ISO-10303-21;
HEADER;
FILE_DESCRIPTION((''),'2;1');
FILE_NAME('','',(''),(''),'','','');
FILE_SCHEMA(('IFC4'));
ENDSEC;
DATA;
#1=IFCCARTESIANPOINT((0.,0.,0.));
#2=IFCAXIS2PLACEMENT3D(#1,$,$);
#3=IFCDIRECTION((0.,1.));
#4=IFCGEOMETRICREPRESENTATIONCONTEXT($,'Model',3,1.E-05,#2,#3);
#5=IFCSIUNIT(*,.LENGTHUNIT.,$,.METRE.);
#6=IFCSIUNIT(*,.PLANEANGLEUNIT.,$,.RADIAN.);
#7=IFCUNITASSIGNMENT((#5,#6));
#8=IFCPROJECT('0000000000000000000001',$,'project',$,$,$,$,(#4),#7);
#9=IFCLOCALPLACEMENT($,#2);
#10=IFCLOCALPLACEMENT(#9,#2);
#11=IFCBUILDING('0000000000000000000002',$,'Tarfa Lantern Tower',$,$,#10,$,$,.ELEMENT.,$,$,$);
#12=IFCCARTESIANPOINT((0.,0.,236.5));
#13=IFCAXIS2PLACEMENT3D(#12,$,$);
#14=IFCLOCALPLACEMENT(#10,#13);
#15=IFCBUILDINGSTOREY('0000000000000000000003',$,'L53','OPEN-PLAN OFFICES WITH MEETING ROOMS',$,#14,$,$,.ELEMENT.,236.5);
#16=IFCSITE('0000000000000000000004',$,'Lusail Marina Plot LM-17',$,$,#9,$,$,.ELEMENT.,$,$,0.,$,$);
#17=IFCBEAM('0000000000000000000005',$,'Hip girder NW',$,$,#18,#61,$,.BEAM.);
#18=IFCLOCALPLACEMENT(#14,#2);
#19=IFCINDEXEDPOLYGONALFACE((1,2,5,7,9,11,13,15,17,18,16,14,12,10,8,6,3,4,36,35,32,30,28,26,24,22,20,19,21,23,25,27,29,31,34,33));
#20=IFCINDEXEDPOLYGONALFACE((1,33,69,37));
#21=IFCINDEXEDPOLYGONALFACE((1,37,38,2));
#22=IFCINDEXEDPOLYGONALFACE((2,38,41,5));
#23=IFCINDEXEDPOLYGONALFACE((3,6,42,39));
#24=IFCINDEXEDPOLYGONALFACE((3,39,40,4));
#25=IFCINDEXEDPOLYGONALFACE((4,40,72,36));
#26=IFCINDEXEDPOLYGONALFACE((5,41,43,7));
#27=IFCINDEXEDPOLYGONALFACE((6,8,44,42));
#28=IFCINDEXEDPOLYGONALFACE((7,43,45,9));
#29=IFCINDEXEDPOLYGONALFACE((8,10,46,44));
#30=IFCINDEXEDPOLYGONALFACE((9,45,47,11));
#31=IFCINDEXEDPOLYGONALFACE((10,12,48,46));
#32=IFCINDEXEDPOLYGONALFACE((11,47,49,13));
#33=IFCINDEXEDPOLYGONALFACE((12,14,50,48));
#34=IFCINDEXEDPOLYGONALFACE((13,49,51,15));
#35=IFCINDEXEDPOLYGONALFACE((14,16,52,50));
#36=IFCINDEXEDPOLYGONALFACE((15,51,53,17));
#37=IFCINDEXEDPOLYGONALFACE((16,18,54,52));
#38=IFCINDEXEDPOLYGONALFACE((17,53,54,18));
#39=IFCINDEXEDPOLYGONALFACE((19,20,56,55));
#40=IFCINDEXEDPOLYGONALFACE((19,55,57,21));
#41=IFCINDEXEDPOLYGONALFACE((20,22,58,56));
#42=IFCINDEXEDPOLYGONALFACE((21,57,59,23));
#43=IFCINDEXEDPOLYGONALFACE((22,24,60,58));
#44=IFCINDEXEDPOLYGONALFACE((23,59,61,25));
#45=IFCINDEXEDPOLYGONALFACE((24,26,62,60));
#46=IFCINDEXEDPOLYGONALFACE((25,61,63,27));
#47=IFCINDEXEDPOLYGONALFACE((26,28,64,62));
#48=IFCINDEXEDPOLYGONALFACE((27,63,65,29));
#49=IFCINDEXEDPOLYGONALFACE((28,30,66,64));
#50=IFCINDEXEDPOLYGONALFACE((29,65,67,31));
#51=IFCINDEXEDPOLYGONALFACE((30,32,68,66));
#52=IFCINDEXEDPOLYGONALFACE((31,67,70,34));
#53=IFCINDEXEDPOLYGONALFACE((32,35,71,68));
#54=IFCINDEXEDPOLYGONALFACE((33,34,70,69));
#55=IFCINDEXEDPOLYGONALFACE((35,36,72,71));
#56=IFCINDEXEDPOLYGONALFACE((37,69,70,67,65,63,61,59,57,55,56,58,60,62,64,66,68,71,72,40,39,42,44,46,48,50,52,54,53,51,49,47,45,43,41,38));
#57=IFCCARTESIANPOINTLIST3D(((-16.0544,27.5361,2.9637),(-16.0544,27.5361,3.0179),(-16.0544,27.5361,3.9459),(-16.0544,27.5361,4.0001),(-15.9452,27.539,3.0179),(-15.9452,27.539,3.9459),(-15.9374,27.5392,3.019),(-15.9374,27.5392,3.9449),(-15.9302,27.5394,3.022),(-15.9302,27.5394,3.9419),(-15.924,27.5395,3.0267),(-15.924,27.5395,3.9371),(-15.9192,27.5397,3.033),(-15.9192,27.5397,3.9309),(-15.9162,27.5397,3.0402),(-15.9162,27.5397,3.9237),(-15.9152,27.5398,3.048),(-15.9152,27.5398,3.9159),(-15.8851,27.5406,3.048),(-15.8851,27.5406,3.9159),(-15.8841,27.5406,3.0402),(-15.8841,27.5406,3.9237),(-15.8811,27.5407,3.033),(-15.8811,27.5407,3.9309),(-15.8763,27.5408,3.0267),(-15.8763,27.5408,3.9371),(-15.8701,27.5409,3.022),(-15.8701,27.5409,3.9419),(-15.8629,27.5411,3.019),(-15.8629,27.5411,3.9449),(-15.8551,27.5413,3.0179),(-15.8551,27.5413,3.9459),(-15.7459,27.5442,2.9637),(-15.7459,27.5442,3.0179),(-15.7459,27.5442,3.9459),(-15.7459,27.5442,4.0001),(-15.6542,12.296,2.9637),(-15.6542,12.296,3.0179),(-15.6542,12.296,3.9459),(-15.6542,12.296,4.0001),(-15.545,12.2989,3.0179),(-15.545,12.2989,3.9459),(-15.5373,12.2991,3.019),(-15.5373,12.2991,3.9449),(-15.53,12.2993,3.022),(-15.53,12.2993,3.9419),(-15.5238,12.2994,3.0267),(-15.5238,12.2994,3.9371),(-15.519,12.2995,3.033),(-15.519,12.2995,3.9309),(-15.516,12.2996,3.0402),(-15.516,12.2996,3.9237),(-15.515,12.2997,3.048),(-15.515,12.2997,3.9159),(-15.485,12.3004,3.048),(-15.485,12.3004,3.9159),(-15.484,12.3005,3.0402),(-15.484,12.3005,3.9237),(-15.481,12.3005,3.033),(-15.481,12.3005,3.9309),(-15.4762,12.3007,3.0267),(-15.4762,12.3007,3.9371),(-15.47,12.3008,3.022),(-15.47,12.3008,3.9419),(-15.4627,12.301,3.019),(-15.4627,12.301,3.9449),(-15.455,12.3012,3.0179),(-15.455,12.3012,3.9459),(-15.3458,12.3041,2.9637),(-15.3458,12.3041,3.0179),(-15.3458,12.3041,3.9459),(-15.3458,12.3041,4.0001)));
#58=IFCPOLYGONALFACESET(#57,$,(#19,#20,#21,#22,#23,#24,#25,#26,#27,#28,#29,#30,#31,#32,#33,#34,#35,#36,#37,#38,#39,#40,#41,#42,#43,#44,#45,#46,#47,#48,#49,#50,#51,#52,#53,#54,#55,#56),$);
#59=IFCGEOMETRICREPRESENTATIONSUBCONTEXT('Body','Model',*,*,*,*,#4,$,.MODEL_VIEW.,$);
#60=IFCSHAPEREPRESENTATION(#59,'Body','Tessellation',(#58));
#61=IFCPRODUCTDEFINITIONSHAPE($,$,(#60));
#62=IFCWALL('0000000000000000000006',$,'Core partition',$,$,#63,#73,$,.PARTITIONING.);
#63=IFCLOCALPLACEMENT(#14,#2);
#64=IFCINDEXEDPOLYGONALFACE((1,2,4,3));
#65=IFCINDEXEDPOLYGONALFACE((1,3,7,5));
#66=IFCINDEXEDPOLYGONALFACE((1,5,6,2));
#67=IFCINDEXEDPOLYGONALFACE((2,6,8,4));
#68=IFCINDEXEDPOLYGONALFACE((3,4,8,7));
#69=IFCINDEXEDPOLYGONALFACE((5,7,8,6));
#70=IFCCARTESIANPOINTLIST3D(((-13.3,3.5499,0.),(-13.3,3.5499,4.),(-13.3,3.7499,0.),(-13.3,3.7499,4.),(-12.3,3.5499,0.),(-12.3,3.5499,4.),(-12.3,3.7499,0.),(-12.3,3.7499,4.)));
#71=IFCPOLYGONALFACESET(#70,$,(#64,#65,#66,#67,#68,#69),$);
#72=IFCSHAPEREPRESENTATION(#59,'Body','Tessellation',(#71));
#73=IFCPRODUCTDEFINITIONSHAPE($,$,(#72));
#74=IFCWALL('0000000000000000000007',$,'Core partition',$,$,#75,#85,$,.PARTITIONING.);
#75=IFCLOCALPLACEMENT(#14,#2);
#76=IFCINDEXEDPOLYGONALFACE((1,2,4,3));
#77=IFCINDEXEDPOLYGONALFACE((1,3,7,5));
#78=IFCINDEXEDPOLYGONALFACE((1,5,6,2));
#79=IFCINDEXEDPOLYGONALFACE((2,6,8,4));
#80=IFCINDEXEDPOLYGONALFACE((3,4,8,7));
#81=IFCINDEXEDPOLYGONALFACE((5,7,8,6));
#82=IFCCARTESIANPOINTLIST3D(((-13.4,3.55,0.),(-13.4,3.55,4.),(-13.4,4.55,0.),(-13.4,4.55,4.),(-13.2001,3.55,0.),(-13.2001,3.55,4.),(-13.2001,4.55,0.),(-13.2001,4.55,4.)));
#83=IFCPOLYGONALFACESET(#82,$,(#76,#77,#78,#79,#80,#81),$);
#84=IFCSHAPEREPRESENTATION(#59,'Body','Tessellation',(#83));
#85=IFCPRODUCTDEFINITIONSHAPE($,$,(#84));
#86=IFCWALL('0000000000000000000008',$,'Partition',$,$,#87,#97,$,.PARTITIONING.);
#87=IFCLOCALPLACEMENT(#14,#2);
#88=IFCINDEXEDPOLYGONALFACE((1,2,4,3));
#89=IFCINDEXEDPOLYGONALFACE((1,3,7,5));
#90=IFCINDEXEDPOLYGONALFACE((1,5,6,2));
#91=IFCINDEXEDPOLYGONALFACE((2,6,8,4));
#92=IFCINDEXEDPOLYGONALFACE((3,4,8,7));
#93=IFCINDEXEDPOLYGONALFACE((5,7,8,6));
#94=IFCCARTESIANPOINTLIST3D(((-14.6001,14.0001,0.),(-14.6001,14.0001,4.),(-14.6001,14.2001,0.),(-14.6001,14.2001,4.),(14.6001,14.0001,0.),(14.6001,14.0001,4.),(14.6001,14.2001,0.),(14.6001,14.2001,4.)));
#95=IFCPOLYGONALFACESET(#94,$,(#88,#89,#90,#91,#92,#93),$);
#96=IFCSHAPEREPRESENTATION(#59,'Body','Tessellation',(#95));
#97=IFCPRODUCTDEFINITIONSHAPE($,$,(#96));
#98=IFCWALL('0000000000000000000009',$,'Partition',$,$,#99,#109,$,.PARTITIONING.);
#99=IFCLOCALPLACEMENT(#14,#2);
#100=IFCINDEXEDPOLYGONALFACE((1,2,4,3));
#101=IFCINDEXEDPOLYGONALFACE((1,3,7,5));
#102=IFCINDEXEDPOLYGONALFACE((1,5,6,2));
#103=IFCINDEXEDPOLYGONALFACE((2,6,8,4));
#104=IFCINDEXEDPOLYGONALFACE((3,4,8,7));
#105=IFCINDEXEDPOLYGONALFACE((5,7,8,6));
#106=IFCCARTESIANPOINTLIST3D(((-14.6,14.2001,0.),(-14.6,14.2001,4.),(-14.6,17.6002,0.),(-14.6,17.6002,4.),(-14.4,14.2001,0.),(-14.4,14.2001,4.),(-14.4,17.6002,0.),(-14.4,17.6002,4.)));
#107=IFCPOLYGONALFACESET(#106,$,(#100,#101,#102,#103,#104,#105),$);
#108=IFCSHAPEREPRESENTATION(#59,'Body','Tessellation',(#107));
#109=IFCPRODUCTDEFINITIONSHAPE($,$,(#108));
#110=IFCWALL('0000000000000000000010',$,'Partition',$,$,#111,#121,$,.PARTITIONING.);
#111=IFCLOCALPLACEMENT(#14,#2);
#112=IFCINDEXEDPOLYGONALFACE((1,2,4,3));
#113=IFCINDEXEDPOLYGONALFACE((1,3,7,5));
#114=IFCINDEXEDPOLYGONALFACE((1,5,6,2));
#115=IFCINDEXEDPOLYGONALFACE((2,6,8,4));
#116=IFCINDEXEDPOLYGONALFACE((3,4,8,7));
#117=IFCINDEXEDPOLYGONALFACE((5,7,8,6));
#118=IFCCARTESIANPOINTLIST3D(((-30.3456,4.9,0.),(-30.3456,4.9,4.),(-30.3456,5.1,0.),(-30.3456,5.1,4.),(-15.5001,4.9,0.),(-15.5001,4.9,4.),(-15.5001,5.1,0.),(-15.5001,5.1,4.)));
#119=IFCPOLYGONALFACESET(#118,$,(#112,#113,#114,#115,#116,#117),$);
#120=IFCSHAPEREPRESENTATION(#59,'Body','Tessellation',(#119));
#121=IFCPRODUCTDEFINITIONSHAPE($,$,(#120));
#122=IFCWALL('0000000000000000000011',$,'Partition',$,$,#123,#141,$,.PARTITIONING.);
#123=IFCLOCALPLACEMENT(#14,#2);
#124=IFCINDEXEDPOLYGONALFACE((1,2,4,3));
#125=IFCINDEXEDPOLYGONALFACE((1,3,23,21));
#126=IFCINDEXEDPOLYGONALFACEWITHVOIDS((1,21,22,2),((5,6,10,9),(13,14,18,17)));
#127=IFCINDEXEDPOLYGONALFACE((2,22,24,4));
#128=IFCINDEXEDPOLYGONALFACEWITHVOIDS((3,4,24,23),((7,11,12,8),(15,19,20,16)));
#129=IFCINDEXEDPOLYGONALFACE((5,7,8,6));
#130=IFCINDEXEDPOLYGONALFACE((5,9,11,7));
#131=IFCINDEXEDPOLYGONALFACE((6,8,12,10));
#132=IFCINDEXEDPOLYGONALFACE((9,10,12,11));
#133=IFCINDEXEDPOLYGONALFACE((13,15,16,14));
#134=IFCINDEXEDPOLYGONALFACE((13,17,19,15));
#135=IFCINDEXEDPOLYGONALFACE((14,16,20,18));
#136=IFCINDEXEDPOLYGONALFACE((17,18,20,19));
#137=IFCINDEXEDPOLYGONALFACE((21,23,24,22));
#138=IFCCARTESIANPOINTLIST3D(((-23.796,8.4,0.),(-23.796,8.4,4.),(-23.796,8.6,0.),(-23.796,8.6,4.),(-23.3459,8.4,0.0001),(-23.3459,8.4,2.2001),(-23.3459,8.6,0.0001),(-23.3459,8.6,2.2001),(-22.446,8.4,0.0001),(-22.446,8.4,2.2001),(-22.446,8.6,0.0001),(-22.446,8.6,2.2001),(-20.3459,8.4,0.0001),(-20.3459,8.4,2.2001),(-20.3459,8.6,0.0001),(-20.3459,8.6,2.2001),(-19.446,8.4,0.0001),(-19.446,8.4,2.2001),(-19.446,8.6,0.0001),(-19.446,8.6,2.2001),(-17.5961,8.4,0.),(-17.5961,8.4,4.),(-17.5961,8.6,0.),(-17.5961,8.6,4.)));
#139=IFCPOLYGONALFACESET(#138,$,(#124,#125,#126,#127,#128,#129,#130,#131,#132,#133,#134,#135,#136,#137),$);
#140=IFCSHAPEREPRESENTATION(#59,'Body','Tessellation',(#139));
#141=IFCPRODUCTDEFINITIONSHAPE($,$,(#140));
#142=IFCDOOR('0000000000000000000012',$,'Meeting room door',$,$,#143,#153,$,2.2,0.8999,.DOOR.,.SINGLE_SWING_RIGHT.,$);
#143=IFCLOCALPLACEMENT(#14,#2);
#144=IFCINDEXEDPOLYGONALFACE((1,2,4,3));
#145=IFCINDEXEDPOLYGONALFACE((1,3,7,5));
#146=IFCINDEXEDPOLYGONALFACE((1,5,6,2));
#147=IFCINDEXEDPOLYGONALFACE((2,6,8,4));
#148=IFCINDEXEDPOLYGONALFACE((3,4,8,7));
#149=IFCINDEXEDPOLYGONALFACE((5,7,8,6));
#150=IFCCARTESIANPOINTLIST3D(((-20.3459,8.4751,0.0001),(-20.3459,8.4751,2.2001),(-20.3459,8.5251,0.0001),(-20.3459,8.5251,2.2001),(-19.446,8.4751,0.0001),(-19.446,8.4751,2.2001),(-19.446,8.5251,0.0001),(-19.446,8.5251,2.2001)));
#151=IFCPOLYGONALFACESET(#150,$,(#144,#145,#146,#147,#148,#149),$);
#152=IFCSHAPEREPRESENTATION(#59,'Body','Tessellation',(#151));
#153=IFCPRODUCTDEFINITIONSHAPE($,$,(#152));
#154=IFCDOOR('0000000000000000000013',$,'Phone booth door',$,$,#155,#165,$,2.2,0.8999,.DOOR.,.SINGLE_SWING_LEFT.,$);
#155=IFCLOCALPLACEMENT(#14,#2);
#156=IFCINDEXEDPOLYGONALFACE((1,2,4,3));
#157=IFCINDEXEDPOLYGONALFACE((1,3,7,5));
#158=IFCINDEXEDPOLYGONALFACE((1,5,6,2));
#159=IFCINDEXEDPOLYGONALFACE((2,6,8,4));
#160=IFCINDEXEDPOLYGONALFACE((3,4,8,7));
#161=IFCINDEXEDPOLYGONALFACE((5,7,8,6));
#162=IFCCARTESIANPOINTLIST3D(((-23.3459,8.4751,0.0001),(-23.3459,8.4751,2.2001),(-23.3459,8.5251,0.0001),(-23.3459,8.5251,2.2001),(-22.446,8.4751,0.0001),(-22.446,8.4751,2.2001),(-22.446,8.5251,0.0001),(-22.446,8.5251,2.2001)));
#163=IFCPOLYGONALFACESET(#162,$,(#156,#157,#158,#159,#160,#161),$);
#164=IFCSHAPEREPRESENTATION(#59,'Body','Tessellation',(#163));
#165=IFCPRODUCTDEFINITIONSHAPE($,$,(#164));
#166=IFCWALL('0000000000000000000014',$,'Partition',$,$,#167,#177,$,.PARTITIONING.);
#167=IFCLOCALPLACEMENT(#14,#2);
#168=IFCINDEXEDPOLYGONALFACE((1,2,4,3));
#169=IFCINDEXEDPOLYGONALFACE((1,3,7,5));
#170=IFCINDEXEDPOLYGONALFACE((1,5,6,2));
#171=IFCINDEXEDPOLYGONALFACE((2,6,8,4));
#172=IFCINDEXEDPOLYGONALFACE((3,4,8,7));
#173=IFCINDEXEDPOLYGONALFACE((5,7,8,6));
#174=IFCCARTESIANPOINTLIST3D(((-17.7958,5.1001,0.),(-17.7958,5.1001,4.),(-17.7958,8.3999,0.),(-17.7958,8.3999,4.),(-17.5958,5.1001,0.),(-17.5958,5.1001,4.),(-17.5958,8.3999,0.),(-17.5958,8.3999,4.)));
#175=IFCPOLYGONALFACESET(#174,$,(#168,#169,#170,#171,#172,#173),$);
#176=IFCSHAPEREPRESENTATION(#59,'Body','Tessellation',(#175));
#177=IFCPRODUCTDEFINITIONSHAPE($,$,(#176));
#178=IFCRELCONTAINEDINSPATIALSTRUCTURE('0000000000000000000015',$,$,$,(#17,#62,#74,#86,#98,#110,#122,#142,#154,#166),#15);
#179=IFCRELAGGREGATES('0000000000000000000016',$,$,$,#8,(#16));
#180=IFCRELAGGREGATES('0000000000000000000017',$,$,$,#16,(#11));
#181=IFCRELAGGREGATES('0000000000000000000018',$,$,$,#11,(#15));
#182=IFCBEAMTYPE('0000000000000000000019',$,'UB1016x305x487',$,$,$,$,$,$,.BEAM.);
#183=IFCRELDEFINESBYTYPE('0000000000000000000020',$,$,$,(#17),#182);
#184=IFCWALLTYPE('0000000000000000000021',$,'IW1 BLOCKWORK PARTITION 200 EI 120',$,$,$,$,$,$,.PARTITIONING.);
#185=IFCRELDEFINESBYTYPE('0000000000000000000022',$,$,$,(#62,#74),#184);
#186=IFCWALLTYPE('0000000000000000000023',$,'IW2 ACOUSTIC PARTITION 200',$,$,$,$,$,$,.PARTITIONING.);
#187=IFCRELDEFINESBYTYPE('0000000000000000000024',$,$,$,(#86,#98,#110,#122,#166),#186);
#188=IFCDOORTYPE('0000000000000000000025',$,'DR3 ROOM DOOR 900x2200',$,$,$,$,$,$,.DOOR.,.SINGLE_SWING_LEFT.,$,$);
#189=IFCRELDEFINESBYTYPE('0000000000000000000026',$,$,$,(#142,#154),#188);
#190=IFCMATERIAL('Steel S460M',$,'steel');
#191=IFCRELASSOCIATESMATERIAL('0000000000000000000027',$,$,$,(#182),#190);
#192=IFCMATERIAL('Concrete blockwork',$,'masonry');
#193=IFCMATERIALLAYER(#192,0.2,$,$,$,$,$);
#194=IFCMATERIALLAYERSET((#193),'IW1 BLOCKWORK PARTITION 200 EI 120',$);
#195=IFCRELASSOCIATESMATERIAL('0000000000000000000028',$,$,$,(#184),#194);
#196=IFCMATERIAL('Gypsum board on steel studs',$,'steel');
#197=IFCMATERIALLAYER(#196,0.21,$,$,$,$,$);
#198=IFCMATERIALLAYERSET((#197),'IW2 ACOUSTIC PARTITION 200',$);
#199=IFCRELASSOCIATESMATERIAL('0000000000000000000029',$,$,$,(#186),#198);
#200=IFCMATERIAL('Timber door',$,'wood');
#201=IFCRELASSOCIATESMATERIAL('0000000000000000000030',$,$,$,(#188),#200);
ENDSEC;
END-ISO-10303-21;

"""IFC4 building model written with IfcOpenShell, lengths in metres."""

from ifc_helpers import new_model, si_unit, direction, frame, frame_2d, origin, origin_2d, place, context, subcontext, project, spatial, rectangle, i_section, extrude, material, layer, layer_set, material_profile, profile_set, type_object, element, fill, save


model = new_model("IFC4")

# Units and contexts
model_context = context("Model", 3, precision=1e-05, world=origin(), true_north=direction((0.0, 1.0)))
body_context = subcontext(model_context, "Body", "Model", "MODEL_VIEW")
ifc_project = project(units=[si_unit("LENGTHUNIT", "METRE"), si_unit("PLANEANGLEUNIT", "RADIAN")], contexts=[model_context])

# Site, building, storey
site_placement = place(None, origin())
site = spatial("IfcSite", under=ifc_project, at=site_placement, Name="Lusail Marina Plot LM-17", CompositionType="ELEMENT", RefElevation=0.0)
building_placement = place(site_placement, origin())
building = spatial("IfcBuilding", under=site, at=building_placement, Name="Tarfa Lantern Tower", CompositionType="ELEMENT")
storey_placement = place(building_placement, frame((0.0, 0.0, 236.5)))
storey = spatial("IfcBuildingStorey", under=building, at=storey_placement, Name="L53", Description="OPEN-PLAN OFFICES WITH MEETING ROOMS", CompositionType="ELEMENT", Elevation=236.5)

# Beam
ifc_material_1 = material(Name="Steel S460M", Category="steel")
ifc_material_profile = material_profile(ifc_material_1, i_section(OverallWidth=0.3086, OverallDepth=1.0364, WebThickness=0.03, FlangeThickness=0.0542, FilletRadius=0.03, at=origin_2d()), Name="UB1016x305x487")
ifc_profile_set = profile_set([ifc_material_profile], Name="Steel S460M")
beam_type = type_object("IfcBeamType", Name="UB1016x305x487", PredefinedType="BEAM", material=ifc_profile_set)
beam_placement = place(storey_placement, frame((-15.5, 12.3, 3.4819), z_axis=(-0.026247, 0.999655, 0.0), x_axis=(-0.999655, -0.026247, 0.0)))
element("IfcBeam", 1, at=beam_placement, inside=storey, type_object=beam_type, Name="Hip girder NW", PredefinedType="BEAM", context=body_context, shape_type="SweptSolid", body=[
    extrude(i_section(OverallWidth=0.3086, OverallDepth=1.0364, WebThickness=0.03, FlangeThickness=0.0542, FilletRadius=0.03, at=origin_2d()), origin(), (0.0, 0.0, 1.0), 15.2454),
])

# Walls
ifc_material_2 = material(Name="Concrete blockwork", Category="masonry")
ifc_layer_1 = layer(ifc_material_2, 0.2)
ifc_layer_set_1 = layer_set([ifc_layer_1], Name="IW1 BLOCKWORK PARTITION 200 EI 120")
wall_type_1 = type_object("IfcWallType", Name="IW1 BLOCKWORK PARTITION 200 EI 120", PredefinedType="PARTITIONING", material=ifc_layer_set_1)
for number, where, z_axis, x_axis, name in (
    (2, (-13.3, 3.6499, 0.0), (0.0, 0.0, 1.0), (1.0, 0.0, 0.0), "Core partition"),
    (3, (-13.3, 3.55, 0.0), (0.0, 0.0, 1.0), (0.0, 1.0, 0.0), "Core partition"),
):
    element("IfcWall", number, at=place(storey_placement, frame(where, z_axis=z_axis, x_axis=x_axis)), inside=storey, type_object=wall_type_1, Name=name, PredefinedType="PARTITIONING", context=body_context, shape_type="SweptSolid", body=[
        extrude(rectangle(XDim=1.0, YDim=0.2, at=frame_2d((0.5, 0.0))), origin(), (0.0, 0.0, 1.0), 4.0),
    ])
ifc_material_3 = material(Name="Gypsum board on steel studs", Category="steel")
ifc_layer_2 = layer(ifc_material_3, 0.21)
ifc_layer_set_2 = layer_set([ifc_layer_2], Name="IW2 ACOUSTIC PARTITION 200")
wall_type_2 = type_object("IfcWallType", Name="IW2 ACOUSTIC PARTITION 200", PredefinedType="PARTITIONING", material=ifc_layer_set_2)
wall_1_placement = place(storey_placement, frame((-14.6001, 14.1001, 0.0), z_axis=(0.0, 0.0, 1.0), x_axis=(1.0, 0.0, 0.0)))
element("IfcWall", 4, at=wall_1_placement, inside=storey, type_object=wall_type_2, Name="Partition", PredefinedType="PARTITIONING", context=body_context, shape_type="SweptSolid", body=[
    extrude(rectangle(XDim=29.2002, YDim=0.2, at=frame_2d((14.6001, 0.0))), origin(), (0.0, 0.0, 1.0), 4.0),
])
wall_2_placement = place(storey_placement, frame((-14.5, 14.2, 0.0), z_axis=(0.0, 0.0, 1.0), x_axis=(0.0, 1.0, 0.0)))
element("IfcWall", 5, at=wall_2_placement, inside=storey, type_object=wall_type_2, Name="Partition", PredefinedType="PARTITIONING", context=body_context, shape_type="SweptSolid", body=[
    extrude(rectangle(XDim=3.4001, YDim=0.2, at=frame_2d((1.7002, 0.0))), origin(), (0.0, 0.0, 1.0), 4.0),
])
wall_3_placement = place(storey_placement, frame((-15.5, 5.0, 0.0), z_axis=(0.0, 0.0, 1.0), x_axis=(-1.0, 0.0, 0.0)))
element("IfcWall", 6, at=wall_3_placement, inside=storey, type_object=wall_type_2, Name="Partition", PredefinedType="PARTITIONING", context=body_context, shape_type="SweptSolid", body=[
    extrude(rectangle(XDim=14.8455, YDim=0.2, at=frame_2d((7.4229, 0.0))), origin(), (0.0, 0.0, 1.0), 4.0),
])

# Wall, openings, doors
wall_4_placement = place(storey_placement, frame((-17.5959, 8.5, 0.0), z_axis=(0.0, 0.0, 1.0), x_axis=(-1.0, 0.0, 0.0)))
wall_4 = element("IfcWall", 7, at=wall_4_placement, inside=storey, type_object=wall_type_2, Name="Partition", PredefinedType="PARTITIONING", context=body_context, shape_type="SweptSolid", body=[
    extrude(rectangle(XDim=6.2, YDim=0.2, at=frame_2d((3.1001, 0.0))), origin(), (0.0, 0.0, 1.0), 4.0),
])
opening_1_placement = place(wall_4_placement, frame((1.8501, 0.0, 0.0)))
opening_1 = element("IfcOpeningElement", 8, at=opening_1_placement, cuts=wall_4, PredefinedType="OPENING", context=body_context, shape_type="SweptSolid", body=[
    extrude(rectangle(XDim=0.8999, YDim=2.2, at=frame_2d((0.45, 1.1001))), frame((0.0, 0.1099, 0.0), z_axis=(0.0, -1.0, 0.0), x_axis=(1.0, 0.0, 0.0)), (0.0, 0.0, 1.0), 0.22),
])
opening_2_placement = place(wall_4_placement, frame((4.8501, 0.0, 0.0)))
opening_2 = element("IfcOpeningElement", 9, at=opening_2_placement, cuts=wall_4, PredefinedType="OPENING", context=body_context, shape_type="SweptSolid", body=[
    extrude(rectangle(XDim=0.8999, YDim=2.2, at=frame_2d((0.45, 1.1001))), frame((0.0, 0.1099, 0.0), z_axis=(0.0, -1.0, 0.0), x_axis=(1.0, 0.0, 0.0)), (0.0, 0.0, 1.0), 0.22),
])
ifc_material_4 = material(Name="Timber door", Category="wood")
door_type_1 = type_object("IfcDoorType", Name="DR3 ROOM DOOR 900x2200", OperationType="SINGLE_SWING_LEFT", PredefinedType="DOOR", material=ifc_material_4)
door_1_placement = place(opening_1_placement, origin())
door_1 = element("IfcDoor", 10, at=door_1_placement, inside=storey, type_object=door_type_1, Name="Meeting room door", OperationType="SINGLE_SWING_RIGHT", OverallHeight=2.2, OverallWidth=0.8999, PredefinedType="DOOR", context=body_context, shape_type="SweptSolid", body=[
    extrude(rectangle(XDim=0.8999, YDim=2.2, at=frame_2d((0.45, 1.1001))), frame((0.0, 0.0249, 0.0), z_axis=(0.0, -1.0, 0.0), x_axis=(1.0, 0.0, 0.0)), (0.0, 0.0, 1.0), 0.05),
])
fill(opening_1, door_1)
door_2_placement = place(opening_2_placement, origin())
door_2 = element("IfcDoor", 11, at=door_2_placement, inside=storey, type_object=door_type_1, Name="Phone booth door", OperationType="SINGLE_SWING_LEFT", OverallHeight=2.2, OverallWidth=0.8999, PredefinedType="DOOR", context=body_context, shape_type="SweptSolid", body=[
    extrude(rectangle(XDim=0.8999, YDim=2.2, at=frame_2d((0.45, 1.1001))), frame((0.0, 0.0249, 0.0), z_axis=(0.0, -1.0, 0.0), x_axis=(1.0, 0.0, 0.0)), (0.0, 0.0, 1.0), 0.05),
])
fill(opening_2, door_2)

# Wall
wall_5_placement = place(storey_placement, frame((-17.6958, 5.1001, 0.0), z_axis=(0.0, 0.0, 1.0), x_axis=(0.0, 1.0, 0.0)))
element("IfcWall", 12, at=wall_5_placement, inside=storey, type_object=wall_type_2, Name="Partition", PredefinedType="PARTITIONING", context=body_context, shape_type="SweptSolid", body=[
    extrude(rectangle(XDim=3.2998, YDim=0.2, at=frame_2d((1.6499, 0.0))), origin(), (0.0, 0.0, 1.0), 4.0),
])

save(model, "model.ifc")
